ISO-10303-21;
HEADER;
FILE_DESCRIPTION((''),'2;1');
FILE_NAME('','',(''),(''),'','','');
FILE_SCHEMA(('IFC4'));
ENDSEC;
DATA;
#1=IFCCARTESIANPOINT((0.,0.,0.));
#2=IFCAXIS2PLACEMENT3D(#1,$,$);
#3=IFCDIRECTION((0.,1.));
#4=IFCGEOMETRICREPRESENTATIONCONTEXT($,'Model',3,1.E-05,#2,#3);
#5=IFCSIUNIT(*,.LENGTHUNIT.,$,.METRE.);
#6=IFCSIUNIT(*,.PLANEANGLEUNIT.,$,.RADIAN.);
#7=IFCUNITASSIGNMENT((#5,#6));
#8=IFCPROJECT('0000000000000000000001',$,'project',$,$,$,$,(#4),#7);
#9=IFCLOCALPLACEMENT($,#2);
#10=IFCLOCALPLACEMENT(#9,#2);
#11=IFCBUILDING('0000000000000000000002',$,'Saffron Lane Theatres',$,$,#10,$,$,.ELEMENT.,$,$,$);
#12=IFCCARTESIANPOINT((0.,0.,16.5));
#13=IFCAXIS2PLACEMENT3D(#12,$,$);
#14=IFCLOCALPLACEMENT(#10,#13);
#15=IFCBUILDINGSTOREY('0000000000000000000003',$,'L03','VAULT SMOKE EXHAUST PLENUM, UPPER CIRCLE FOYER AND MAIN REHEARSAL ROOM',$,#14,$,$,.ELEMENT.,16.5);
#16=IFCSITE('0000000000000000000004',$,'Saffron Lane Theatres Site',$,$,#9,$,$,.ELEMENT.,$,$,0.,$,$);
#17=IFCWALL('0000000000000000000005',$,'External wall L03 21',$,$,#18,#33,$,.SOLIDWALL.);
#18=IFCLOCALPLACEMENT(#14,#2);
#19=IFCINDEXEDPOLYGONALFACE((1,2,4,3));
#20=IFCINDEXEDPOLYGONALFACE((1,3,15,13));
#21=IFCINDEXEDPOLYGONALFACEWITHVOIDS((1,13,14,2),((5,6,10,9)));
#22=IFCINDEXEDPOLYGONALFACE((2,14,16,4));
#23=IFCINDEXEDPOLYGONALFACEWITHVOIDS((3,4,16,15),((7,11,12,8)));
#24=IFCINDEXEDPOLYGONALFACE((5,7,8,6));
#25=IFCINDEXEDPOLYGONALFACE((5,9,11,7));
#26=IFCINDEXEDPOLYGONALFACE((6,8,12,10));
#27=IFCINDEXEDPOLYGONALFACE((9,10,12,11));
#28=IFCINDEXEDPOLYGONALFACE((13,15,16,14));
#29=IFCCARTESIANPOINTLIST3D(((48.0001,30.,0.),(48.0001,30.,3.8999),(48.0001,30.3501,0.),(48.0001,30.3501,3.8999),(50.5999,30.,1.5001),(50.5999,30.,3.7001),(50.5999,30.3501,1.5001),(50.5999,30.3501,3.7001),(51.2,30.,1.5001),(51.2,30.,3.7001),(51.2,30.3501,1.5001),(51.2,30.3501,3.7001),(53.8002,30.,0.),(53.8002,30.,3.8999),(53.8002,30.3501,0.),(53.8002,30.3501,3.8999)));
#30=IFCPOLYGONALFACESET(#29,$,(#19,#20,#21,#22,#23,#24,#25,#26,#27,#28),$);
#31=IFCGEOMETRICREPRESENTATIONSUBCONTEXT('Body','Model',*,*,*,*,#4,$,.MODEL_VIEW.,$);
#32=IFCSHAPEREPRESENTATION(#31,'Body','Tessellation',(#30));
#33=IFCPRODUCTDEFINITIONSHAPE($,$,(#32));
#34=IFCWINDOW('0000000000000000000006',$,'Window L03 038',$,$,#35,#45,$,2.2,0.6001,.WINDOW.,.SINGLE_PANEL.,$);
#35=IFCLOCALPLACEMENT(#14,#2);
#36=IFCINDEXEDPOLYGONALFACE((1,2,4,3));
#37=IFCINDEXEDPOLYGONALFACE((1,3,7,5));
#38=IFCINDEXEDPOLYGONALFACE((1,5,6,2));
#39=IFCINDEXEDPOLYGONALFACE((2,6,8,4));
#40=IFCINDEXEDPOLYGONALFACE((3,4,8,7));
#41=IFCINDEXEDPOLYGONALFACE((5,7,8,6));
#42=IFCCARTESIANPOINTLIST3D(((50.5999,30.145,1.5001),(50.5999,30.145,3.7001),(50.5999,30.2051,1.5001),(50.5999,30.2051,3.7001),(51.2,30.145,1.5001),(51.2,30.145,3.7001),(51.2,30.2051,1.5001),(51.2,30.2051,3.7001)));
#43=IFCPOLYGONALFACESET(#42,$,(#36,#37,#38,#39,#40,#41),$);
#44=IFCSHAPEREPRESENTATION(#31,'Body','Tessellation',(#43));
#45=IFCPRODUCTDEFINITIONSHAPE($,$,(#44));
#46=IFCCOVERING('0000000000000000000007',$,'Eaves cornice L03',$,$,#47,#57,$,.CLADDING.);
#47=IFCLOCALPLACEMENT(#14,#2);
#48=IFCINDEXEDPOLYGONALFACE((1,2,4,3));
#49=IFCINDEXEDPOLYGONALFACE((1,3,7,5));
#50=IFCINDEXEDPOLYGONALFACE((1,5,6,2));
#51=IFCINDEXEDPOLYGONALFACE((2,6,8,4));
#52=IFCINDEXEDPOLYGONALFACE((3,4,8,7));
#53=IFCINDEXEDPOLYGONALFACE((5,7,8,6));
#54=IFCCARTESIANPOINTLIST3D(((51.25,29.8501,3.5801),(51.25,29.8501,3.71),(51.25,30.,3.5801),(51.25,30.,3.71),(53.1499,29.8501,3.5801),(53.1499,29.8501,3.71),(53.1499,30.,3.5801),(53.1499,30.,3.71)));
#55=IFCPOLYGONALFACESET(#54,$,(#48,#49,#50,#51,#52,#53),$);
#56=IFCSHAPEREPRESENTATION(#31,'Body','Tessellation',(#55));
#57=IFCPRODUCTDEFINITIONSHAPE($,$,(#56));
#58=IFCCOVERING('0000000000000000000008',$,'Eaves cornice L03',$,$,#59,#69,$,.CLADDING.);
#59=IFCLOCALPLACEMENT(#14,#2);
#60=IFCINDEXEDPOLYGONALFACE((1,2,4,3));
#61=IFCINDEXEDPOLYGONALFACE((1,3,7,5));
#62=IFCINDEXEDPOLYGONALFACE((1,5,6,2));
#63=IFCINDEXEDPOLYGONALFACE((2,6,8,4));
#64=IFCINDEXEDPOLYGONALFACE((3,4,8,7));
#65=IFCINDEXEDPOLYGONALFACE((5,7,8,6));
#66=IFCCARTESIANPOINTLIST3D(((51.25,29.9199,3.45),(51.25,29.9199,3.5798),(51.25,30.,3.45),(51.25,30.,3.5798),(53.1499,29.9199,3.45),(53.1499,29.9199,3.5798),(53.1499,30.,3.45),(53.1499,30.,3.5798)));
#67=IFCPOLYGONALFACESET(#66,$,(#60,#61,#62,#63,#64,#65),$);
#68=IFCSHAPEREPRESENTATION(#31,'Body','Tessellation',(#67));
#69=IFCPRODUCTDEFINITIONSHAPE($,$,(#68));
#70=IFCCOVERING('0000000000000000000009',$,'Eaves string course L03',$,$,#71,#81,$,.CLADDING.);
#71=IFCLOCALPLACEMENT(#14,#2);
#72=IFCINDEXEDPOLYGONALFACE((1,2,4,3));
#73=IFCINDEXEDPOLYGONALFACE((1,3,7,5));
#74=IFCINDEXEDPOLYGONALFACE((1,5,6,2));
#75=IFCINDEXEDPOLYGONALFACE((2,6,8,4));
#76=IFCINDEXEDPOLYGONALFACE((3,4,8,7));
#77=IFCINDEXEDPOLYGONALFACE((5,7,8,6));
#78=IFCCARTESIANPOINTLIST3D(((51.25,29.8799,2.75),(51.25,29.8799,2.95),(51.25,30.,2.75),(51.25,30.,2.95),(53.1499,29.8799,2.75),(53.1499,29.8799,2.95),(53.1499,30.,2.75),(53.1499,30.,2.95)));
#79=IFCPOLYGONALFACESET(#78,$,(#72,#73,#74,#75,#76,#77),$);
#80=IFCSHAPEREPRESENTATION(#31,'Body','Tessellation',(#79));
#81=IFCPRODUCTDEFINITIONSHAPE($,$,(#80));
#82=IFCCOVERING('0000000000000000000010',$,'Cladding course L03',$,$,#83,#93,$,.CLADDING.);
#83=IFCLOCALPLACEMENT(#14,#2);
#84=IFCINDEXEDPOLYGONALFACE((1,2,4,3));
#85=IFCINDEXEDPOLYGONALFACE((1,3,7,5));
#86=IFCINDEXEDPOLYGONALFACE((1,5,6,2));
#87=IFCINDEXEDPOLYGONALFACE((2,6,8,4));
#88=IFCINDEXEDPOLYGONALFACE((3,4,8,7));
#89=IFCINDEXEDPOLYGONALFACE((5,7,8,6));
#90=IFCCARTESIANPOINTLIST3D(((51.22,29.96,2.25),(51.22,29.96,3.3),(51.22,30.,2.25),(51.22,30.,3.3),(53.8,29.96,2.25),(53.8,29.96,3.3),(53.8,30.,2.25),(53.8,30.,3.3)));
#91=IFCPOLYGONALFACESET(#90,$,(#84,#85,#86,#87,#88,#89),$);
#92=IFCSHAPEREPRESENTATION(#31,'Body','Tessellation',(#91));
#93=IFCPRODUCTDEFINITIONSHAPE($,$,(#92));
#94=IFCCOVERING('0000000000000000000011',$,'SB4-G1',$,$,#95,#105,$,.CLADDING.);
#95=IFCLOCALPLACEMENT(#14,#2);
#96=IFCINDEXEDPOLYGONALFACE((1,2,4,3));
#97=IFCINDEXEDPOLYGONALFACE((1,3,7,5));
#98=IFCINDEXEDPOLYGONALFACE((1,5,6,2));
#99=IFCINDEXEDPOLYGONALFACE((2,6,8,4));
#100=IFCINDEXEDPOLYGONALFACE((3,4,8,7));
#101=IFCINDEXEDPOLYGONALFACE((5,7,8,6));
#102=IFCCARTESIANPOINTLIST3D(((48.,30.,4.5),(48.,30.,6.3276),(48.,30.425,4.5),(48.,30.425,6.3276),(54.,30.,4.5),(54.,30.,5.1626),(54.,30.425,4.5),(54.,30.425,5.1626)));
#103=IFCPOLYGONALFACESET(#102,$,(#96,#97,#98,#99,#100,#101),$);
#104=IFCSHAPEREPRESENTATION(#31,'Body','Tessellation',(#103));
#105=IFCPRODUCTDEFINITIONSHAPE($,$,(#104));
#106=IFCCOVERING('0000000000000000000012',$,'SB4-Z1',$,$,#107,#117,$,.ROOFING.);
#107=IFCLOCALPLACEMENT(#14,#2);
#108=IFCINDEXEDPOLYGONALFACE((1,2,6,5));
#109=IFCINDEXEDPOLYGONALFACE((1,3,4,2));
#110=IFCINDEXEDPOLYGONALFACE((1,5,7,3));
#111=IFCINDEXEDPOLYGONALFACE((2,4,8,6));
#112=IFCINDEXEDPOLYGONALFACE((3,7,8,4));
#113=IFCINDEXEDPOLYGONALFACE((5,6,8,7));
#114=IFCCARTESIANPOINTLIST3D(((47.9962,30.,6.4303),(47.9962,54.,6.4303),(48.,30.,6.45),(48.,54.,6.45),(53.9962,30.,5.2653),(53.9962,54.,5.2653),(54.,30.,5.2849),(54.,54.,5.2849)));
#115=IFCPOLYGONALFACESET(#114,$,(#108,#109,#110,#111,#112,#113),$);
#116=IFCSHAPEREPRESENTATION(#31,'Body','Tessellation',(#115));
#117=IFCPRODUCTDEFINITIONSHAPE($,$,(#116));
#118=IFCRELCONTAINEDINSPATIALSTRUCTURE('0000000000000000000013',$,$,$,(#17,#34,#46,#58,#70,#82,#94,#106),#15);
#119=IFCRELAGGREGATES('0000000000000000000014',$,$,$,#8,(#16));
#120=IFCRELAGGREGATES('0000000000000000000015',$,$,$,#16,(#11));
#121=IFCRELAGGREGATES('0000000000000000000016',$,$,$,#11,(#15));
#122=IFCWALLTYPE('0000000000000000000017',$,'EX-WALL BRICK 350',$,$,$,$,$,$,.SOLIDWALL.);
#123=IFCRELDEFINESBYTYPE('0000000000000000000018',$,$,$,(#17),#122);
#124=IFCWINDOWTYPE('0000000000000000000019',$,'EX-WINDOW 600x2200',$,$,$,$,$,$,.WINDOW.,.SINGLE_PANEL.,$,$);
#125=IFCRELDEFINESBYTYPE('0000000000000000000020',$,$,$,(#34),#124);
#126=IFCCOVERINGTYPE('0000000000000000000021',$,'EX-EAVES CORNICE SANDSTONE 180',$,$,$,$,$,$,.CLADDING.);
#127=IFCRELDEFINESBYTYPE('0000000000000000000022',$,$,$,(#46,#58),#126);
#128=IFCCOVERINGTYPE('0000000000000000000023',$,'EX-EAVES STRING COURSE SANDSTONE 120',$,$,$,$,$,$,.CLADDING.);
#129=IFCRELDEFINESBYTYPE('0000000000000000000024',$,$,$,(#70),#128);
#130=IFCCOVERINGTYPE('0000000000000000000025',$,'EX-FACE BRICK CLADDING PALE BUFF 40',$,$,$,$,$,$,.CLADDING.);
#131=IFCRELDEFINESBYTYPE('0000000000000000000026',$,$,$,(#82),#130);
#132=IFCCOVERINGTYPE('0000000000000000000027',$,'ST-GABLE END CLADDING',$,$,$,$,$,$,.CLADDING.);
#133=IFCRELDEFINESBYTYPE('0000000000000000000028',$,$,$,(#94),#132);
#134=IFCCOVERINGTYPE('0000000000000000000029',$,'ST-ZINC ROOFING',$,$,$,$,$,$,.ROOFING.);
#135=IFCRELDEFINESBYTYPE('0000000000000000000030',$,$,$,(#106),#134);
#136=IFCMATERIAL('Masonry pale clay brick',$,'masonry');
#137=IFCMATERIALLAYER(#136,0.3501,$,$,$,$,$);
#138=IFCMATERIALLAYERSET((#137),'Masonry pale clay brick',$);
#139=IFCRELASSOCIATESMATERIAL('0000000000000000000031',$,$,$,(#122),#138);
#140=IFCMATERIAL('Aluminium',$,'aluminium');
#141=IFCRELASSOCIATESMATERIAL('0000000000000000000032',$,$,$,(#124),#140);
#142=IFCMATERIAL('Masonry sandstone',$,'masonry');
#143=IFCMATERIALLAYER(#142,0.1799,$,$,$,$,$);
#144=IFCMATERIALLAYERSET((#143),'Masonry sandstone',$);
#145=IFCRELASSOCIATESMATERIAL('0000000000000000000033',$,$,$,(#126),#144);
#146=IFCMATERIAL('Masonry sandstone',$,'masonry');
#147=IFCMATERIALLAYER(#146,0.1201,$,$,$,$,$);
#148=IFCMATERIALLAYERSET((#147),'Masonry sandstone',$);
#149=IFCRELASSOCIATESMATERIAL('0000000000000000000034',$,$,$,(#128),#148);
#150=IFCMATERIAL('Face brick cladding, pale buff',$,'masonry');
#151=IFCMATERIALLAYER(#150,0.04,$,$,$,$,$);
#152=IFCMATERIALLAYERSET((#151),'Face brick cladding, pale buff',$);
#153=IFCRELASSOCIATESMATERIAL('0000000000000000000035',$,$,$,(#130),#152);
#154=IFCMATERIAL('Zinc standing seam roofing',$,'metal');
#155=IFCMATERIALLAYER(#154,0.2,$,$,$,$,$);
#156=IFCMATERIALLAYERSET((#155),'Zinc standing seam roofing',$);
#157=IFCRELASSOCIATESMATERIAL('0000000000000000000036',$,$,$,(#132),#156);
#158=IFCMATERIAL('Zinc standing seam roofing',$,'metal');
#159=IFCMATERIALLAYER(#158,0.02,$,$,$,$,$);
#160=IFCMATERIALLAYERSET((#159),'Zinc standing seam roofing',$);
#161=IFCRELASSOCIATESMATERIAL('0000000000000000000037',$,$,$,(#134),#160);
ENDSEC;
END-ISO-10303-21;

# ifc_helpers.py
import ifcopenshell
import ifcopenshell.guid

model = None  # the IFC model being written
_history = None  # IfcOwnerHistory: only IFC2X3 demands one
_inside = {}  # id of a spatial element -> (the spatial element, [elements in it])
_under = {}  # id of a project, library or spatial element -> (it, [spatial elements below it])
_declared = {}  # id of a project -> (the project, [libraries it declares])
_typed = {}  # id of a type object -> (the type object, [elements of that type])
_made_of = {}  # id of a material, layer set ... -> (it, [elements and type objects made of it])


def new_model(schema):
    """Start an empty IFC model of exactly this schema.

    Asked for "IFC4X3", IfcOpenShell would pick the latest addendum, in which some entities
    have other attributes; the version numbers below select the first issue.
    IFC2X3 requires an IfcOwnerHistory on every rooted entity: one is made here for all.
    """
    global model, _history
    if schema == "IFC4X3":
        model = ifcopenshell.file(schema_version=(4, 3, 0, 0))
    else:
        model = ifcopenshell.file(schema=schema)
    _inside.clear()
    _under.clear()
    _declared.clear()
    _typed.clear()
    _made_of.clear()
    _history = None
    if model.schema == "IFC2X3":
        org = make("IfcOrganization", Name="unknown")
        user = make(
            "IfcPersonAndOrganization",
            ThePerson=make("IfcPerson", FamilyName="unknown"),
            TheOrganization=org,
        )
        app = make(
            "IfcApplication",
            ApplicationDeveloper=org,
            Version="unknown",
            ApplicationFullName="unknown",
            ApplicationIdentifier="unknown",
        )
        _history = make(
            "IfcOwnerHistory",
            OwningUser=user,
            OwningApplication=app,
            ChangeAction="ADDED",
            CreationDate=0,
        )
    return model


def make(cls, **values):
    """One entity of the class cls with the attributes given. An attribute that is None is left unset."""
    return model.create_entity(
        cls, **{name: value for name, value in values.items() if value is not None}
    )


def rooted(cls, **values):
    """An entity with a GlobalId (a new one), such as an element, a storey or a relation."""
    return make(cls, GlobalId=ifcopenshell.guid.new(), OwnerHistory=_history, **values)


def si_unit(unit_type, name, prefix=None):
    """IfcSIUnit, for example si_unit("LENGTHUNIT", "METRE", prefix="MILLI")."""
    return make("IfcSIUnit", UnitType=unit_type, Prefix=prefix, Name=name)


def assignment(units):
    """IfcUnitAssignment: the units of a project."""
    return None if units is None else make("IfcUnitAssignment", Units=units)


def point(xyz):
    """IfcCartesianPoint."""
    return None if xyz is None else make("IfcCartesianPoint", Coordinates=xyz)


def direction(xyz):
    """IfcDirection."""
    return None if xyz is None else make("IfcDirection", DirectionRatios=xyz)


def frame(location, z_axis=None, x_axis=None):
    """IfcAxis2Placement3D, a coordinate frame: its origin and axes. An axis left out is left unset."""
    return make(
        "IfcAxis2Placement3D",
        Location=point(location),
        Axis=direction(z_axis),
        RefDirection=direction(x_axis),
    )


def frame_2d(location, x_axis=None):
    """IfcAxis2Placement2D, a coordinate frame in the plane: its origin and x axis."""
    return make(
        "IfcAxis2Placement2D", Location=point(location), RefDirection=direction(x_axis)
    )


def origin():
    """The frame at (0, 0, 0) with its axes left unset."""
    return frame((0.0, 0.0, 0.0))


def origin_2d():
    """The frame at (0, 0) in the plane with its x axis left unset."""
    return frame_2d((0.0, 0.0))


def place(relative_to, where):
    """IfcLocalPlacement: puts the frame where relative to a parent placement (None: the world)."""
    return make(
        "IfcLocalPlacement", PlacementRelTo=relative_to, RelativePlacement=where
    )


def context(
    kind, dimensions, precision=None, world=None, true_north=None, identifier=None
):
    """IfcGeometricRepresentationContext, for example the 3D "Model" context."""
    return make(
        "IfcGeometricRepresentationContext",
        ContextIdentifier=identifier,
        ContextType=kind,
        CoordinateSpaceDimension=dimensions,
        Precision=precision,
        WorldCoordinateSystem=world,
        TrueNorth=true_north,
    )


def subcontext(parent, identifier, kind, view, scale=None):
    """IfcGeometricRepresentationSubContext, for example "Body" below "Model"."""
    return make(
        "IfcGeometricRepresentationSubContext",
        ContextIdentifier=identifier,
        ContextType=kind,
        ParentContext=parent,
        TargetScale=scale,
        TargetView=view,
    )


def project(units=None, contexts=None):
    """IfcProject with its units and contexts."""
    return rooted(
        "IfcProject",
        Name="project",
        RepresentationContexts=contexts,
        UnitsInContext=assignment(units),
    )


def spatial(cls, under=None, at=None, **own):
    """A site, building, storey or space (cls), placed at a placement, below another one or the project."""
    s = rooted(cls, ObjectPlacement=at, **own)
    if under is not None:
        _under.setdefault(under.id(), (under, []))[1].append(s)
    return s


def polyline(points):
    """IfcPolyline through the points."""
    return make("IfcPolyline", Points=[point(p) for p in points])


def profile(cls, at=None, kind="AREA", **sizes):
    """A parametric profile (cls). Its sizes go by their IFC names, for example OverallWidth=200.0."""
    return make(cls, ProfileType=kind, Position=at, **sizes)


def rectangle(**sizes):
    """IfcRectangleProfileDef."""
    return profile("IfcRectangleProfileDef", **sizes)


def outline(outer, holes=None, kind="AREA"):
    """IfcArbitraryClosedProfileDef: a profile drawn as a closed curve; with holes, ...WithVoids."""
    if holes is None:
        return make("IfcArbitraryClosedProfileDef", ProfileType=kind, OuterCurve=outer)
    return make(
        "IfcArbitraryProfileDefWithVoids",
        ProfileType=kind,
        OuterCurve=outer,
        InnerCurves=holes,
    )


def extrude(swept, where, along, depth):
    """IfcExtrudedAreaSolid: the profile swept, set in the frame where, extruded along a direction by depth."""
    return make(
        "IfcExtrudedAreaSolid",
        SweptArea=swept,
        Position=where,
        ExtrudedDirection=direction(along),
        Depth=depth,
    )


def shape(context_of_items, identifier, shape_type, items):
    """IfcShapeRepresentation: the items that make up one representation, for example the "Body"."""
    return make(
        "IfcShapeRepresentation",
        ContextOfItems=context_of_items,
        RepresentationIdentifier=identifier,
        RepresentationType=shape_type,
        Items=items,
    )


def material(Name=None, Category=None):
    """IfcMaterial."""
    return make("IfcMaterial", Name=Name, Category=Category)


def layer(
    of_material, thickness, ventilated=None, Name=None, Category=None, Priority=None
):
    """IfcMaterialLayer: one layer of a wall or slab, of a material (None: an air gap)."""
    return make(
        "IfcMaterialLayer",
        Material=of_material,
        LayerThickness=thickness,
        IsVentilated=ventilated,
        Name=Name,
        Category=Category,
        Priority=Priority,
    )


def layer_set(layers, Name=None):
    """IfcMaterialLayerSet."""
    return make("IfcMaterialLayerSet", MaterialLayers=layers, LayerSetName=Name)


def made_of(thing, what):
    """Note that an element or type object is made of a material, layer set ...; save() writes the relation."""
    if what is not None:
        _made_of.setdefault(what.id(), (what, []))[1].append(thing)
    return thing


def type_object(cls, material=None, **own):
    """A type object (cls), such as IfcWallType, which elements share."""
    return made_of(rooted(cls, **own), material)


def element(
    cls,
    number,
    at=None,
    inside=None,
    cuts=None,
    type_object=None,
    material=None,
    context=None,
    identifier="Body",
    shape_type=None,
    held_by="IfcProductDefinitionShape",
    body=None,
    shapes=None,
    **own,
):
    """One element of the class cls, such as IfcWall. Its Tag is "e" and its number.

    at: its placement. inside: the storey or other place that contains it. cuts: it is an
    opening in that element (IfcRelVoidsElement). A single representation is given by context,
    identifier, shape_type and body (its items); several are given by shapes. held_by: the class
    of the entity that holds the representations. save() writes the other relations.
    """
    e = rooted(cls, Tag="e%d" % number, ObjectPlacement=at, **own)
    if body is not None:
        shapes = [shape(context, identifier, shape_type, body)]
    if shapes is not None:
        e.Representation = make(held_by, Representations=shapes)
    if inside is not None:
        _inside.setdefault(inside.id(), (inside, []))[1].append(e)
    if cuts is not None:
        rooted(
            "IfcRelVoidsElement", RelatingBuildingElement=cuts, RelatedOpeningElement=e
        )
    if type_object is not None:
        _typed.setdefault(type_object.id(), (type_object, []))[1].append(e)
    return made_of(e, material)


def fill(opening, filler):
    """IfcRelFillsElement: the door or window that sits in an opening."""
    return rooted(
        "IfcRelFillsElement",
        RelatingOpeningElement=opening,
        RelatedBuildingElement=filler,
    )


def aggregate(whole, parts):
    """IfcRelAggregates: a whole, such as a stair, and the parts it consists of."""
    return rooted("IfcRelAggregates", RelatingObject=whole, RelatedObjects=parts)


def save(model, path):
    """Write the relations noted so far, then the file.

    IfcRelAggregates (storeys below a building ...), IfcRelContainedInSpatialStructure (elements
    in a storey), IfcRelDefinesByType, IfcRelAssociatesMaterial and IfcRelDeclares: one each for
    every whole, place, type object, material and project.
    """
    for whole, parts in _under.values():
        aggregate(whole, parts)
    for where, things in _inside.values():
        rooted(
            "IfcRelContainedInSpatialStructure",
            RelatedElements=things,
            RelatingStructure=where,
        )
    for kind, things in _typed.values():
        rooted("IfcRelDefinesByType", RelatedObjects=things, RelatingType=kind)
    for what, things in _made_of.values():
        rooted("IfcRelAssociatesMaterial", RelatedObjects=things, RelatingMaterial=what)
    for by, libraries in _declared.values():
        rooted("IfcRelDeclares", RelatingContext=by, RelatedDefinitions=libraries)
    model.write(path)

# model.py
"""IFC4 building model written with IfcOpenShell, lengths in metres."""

from ifc_helpers import new_model, si_unit, direction, frame, frame_2d, origin, origin_2d, place, context, subcontext, project, spatial, polyline, rectangle, outline, extrude, material, layer, layer_set, type_object, element, fill, save


model = new_model("IFC4")

# Units and contexts
model_context = context("Model", 3, precision=1e-05, world=origin(), true_north=direction((0.0, 1.0)))
body_context = subcontext(model_context, "Body", "Model", "MODEL_VIEW")
ifc_project = project(units=[si_unit("LENGTHUNIT", "METRE"), si_unit("PLANEANGLEUNIT", "RADIAN")], contexts=[model_context])

# Site, building, storey
site_placement = place(None, origin())
site = spatial("IfcSite", under=ifc_project, at=site_placement, Name="Saffron Lane Theatres Site", CompositionType="ELEMENT", RefElevation=0.0)
building_placement = place(site_placement, origin())
building = spatial("IfcBuilding", under=site, at=building_placement, Name="Saffron Lane Theatres", CompositionType="ELEMENT")
storey_placement = place(building_placement, frame((0.0, 0.0, 16.5)))
storey = spatial("IfcBuildingStorey", under=building, at=storey_placement, Name="L03", Description="VAULT SMOKE EXHAUST PLENUM, UPPER CIRCLE FOYER AND MAIN REHEARSAL ROOM", CompositionType="ELEMENT", Elevation=16.5)

# Wall, opening, window
ifc_material_1 = material(Name="Masonry pale clay brick", Category="masonry")
ifc_layer_1 = layer(ifc_material_1, 0.3501)
ifc_layer_set_1 = layer_set([ifc_layer_1], Name="Masonry pale clay brick")
wall_type_1 = type_object("IfcWallType", Name="EX-WALL BRICK 350", PredefinedType="SOLIDWALL", material=ifc_layer_set_1)
wall_1_placement = place(storey_placement, frame((53.8, 30.175, 0.0), z_axis=(0.0, 0.0, 1.0), x_axis=(-1.0, 0.0, 0.0)))
wall_1 = element("IfcWall", 1, at=wall_1_placement, inside=storey, type_object=wall_type_1, Name="External wall L03 21", PredefinedType="SOLIDWALL", context=body_context, shape_type="SweptSolid", body=[
    extrude(rectangle(XDim=5.8, YDim=0.3501, at=frame_2d((2.8999, 0.0))), origin(), (0.0, 0.0, 1.0), 3.8999),
])
opening_placement = place(wall_1_placement, frame((2.6001, 0.0, 1.5)))
opening = element("IfcOpeningElement", 2, at=opening_placement, cuts=wall_1, PredefinedType="OPENING", context=body_context, shape_type="SweptSolid", body=[
    extrude(rectangle(XDim=0.6001, YDim=2.2, at=frame_2d((0.3, 1.1001))), frame((0.0, 0.1851, 0.0), z_axis=(0.0, -1.0, 0.0), x_axis=(1.0, 0.0, 0.0)), (0.0, 0.0, 1.0), 0.3701),
])
ifc_material_2 = material(Name="Aluminium", Category="aluminium")
window_type = type_object("IfcWindowType", Name="EX-WINDOW 600x2200", PartitioningType="SINGLE_PANEL", PredefinedType="WINDOW", material=ifc_material_2)
window_placement = place(opening_placement, origin())
window = element("IfcWindow", 3, at=window_placement, inside=storey, type_object=window_type, Name="Window L03 038", OverallHeight=2.2, OverallWidth=0.6001, PartitioningType="SINGLE_PANEL", PredefinedType="WINDOW", context=body_context, shape_type="SweptSolid", body=[
    extrude(rectangle(XDim=0.6001, YDim=2.2, at=frame_2d((0.3, 1.1001))), frame((0.0, 0.03, 0.0), z_axis=(0.0, -1.0, 0.0), x_axis=(1.0, 0.0, 0.0)), (0.0, 0.0, 1.0), 0.0601),
])
fill(opening, window)

# Coverings
ifc_material_3 = material(Name="Masonry sandstone", Category="masonry")
ifc_layer_2 = layer(ifc_material_3, 0.1799)
ifc_layer_set_2 = layer_set([ifc_layer_2], Name="Masonry sandstone")
covering_type_1 = type_object("IfcCoveringType", Name="EX-EAVES CORNICE SANDSTONE 180", PredefinedType="CLADDING", material=ifc_layer_set_2)
covering_1_placement = place(storey_placement, frame((52.2, 29.925, 3.5801), z_axis=(0.0, 0.0, 1.0), x_axis=(-1.0, 0.0, 0.0)))
element("IfcCovering", 4, at=covering_1_placement, inside=storey, type_object=covering_type_1, Name="Eaves cornice L03", PredefinedType="CLADDING", context=body_context, shape_type="SweptSolid", body=[
    extrude(rectangle(XDim=1.8999, YDim=0.1499, at=origin_2d()), origin(), (0.0, 0.0, 1.0), 0.1299),
])
covering_2_placement = place(storey_placement, frame((52.2, 29.96, 3.45), z_axis=(0.0, 0.0, 1.0), x_axis=(-1.0, 0.0, 0.0)))
element("IfcCovering", 5, at=covering_2_placement, inside=storey, type_object=covering_type_1, Name="Eaves cornice L03", PredefinedType="CLADDING", context=body_context, shape_type="SweptSolid", body=[
    extrude(rectangle(XDim=1.8999, YDim=0.0801, at=origin_2d()), origin(), (0.0, 0.0, 1.0), 0.1299),
])
ifc_material_4 = material(Name="Masonry sandstone", Category="masonry")
ifc_layer_3 = layer(ifc_material_4, 0.1201)
ifc_layer_set_3 = layer_set([ifc_layer_3], Name="Masonry sandstone")
covering_type_2 = type_object("IfcCoveringType", Name="EX-EAVES STRING COURSE SANDSTONE 120", PredefinedType="CLADDING", material=ifc_layer_set_3)
covering_3_placement = place(storey_placement, frame((52.2, 29.9399, 2.75), z_axis=(0.0, 0.0, 1.0), x_axis=(-1.0, 0.0, 0.0)))
element("IfcCovering", 6, at=covering_3_placement, inside=storey, type_object=covering_type_2, Name="Eaves string course L03", PredefinedType="CLADDING", context=body_context, shape_type="SweptSolid", body=[
    extrude(rectangle(XDim=1.8999, YDim=0.1201, at=origin_2d()), origin(), (0.0, 0.0, 1.0), 0.2),
])
ifc_material_5 = material(Name="Face brick cladding, pale buff", Category="masonry")
ifc_layer_4 = layer(ifc_material_5, 0.04)
ifc_layer_set_4 = layer_set([ifc_layer_4], Name="Face brick cladding, pale buff")
covering_type_3 = type_object("IfcCoveringType", Name="EX-FACE BRICK CLADDING PALE BUFF 40", PredefinedType="CLADDING", material=ifc_layer_set_4)
covering_4_placement = place(storey_placement, frame((52.51, 29.98, 2.25), z_axis=(0.0, 0.0, 1.0), x_axis=(-1.0, 0.0, 0.0)))
element("IfcCovering", 7, at=covering_4_placement, inside=storey, type_object=covering_type_3, Name="Cladding course L03", PredefinedType="CLADDING", context=body_context, shape_type="SweptSolid", body=[
    extrude(rectangle(XDim=2.5801, YDim=0.04, at=origin_2d()), origin(), (0.0, 0.0, 1.0), 1.05),
])
ifc_material_6 = material(Name="Zinc standing seam roofing", Category="metal")
ifc_layer_5 = layer(ifc_material_6, 0.2)
ifc_layer_set_5 = layer_set([ifc_layer_5], Name="Zinc standing seam roofing")
covering_type_4 = type_object("IfcCoveringType", Name="ST-GABLE END CLADDING", PredefinedType="CLADDING", material=ifc_layer_set_5)
covering_5_placement = place(storey_placement, frame((54.0, 30.0, 5.1626), z_axis=(0.0, -1.0, 0.0), x_axis=(-0.981665, 0.0, 0.190613)))
element("IfcCovering", 8, at=covering_5_placement, inside=storey, type_object=covering_type_4, Name="SB4-G1", PredefinedType="CLADDING", context=body_context, shape_type="SweptSolid", body=[
    extrude(outline(polyline([(0.0, 0.0), (6.1121, 0.0), (5.7637, 1.7941), (-0.1263, 0.6504), (0.0, 0.0)])), origin(), (0.0, 0.0, -1.0), 0.425),
])
ifc_material_7 = material(Name="Zinc standing seam roofing", Category="metal")
ifc_layer_6 = layer(ifc_material_7, 0.02)
ifc_layer_set_6 = layer_set([ifc_layer_6], Name="Zinc standing seam roofing")
covering_type_5 = type_object("IfcCoveringType", Name="ST-ZINC ROOFING", PredefinedType="ROOFING", material=ifc_layer_set_6)
covering_6_placement = place(storey_placement, frame((54.0, 30.0, 5.2849), z_axis=(0.190613, 0.0, 0.981665), x_axis=(-0.981665, 0.0, 0.190613)))
element("IfcCovering", 9, at=covering_6_placement, inside=storey, type_object=covering_type_5, Name="SB4-Z1", PredefinedType="ROOFING", context=body_context, shape_type="SweptSolid", body=[
    extrude(outline(polyline([(0.0, 0.0), (6.1121, 0.0), (6.1121, -24.0), (0.0, -24.0), (0.0, 0.0)])), origin(), (0.0, 0.0, -1.0), 0.02),
])

save(model, "model.ifc")
